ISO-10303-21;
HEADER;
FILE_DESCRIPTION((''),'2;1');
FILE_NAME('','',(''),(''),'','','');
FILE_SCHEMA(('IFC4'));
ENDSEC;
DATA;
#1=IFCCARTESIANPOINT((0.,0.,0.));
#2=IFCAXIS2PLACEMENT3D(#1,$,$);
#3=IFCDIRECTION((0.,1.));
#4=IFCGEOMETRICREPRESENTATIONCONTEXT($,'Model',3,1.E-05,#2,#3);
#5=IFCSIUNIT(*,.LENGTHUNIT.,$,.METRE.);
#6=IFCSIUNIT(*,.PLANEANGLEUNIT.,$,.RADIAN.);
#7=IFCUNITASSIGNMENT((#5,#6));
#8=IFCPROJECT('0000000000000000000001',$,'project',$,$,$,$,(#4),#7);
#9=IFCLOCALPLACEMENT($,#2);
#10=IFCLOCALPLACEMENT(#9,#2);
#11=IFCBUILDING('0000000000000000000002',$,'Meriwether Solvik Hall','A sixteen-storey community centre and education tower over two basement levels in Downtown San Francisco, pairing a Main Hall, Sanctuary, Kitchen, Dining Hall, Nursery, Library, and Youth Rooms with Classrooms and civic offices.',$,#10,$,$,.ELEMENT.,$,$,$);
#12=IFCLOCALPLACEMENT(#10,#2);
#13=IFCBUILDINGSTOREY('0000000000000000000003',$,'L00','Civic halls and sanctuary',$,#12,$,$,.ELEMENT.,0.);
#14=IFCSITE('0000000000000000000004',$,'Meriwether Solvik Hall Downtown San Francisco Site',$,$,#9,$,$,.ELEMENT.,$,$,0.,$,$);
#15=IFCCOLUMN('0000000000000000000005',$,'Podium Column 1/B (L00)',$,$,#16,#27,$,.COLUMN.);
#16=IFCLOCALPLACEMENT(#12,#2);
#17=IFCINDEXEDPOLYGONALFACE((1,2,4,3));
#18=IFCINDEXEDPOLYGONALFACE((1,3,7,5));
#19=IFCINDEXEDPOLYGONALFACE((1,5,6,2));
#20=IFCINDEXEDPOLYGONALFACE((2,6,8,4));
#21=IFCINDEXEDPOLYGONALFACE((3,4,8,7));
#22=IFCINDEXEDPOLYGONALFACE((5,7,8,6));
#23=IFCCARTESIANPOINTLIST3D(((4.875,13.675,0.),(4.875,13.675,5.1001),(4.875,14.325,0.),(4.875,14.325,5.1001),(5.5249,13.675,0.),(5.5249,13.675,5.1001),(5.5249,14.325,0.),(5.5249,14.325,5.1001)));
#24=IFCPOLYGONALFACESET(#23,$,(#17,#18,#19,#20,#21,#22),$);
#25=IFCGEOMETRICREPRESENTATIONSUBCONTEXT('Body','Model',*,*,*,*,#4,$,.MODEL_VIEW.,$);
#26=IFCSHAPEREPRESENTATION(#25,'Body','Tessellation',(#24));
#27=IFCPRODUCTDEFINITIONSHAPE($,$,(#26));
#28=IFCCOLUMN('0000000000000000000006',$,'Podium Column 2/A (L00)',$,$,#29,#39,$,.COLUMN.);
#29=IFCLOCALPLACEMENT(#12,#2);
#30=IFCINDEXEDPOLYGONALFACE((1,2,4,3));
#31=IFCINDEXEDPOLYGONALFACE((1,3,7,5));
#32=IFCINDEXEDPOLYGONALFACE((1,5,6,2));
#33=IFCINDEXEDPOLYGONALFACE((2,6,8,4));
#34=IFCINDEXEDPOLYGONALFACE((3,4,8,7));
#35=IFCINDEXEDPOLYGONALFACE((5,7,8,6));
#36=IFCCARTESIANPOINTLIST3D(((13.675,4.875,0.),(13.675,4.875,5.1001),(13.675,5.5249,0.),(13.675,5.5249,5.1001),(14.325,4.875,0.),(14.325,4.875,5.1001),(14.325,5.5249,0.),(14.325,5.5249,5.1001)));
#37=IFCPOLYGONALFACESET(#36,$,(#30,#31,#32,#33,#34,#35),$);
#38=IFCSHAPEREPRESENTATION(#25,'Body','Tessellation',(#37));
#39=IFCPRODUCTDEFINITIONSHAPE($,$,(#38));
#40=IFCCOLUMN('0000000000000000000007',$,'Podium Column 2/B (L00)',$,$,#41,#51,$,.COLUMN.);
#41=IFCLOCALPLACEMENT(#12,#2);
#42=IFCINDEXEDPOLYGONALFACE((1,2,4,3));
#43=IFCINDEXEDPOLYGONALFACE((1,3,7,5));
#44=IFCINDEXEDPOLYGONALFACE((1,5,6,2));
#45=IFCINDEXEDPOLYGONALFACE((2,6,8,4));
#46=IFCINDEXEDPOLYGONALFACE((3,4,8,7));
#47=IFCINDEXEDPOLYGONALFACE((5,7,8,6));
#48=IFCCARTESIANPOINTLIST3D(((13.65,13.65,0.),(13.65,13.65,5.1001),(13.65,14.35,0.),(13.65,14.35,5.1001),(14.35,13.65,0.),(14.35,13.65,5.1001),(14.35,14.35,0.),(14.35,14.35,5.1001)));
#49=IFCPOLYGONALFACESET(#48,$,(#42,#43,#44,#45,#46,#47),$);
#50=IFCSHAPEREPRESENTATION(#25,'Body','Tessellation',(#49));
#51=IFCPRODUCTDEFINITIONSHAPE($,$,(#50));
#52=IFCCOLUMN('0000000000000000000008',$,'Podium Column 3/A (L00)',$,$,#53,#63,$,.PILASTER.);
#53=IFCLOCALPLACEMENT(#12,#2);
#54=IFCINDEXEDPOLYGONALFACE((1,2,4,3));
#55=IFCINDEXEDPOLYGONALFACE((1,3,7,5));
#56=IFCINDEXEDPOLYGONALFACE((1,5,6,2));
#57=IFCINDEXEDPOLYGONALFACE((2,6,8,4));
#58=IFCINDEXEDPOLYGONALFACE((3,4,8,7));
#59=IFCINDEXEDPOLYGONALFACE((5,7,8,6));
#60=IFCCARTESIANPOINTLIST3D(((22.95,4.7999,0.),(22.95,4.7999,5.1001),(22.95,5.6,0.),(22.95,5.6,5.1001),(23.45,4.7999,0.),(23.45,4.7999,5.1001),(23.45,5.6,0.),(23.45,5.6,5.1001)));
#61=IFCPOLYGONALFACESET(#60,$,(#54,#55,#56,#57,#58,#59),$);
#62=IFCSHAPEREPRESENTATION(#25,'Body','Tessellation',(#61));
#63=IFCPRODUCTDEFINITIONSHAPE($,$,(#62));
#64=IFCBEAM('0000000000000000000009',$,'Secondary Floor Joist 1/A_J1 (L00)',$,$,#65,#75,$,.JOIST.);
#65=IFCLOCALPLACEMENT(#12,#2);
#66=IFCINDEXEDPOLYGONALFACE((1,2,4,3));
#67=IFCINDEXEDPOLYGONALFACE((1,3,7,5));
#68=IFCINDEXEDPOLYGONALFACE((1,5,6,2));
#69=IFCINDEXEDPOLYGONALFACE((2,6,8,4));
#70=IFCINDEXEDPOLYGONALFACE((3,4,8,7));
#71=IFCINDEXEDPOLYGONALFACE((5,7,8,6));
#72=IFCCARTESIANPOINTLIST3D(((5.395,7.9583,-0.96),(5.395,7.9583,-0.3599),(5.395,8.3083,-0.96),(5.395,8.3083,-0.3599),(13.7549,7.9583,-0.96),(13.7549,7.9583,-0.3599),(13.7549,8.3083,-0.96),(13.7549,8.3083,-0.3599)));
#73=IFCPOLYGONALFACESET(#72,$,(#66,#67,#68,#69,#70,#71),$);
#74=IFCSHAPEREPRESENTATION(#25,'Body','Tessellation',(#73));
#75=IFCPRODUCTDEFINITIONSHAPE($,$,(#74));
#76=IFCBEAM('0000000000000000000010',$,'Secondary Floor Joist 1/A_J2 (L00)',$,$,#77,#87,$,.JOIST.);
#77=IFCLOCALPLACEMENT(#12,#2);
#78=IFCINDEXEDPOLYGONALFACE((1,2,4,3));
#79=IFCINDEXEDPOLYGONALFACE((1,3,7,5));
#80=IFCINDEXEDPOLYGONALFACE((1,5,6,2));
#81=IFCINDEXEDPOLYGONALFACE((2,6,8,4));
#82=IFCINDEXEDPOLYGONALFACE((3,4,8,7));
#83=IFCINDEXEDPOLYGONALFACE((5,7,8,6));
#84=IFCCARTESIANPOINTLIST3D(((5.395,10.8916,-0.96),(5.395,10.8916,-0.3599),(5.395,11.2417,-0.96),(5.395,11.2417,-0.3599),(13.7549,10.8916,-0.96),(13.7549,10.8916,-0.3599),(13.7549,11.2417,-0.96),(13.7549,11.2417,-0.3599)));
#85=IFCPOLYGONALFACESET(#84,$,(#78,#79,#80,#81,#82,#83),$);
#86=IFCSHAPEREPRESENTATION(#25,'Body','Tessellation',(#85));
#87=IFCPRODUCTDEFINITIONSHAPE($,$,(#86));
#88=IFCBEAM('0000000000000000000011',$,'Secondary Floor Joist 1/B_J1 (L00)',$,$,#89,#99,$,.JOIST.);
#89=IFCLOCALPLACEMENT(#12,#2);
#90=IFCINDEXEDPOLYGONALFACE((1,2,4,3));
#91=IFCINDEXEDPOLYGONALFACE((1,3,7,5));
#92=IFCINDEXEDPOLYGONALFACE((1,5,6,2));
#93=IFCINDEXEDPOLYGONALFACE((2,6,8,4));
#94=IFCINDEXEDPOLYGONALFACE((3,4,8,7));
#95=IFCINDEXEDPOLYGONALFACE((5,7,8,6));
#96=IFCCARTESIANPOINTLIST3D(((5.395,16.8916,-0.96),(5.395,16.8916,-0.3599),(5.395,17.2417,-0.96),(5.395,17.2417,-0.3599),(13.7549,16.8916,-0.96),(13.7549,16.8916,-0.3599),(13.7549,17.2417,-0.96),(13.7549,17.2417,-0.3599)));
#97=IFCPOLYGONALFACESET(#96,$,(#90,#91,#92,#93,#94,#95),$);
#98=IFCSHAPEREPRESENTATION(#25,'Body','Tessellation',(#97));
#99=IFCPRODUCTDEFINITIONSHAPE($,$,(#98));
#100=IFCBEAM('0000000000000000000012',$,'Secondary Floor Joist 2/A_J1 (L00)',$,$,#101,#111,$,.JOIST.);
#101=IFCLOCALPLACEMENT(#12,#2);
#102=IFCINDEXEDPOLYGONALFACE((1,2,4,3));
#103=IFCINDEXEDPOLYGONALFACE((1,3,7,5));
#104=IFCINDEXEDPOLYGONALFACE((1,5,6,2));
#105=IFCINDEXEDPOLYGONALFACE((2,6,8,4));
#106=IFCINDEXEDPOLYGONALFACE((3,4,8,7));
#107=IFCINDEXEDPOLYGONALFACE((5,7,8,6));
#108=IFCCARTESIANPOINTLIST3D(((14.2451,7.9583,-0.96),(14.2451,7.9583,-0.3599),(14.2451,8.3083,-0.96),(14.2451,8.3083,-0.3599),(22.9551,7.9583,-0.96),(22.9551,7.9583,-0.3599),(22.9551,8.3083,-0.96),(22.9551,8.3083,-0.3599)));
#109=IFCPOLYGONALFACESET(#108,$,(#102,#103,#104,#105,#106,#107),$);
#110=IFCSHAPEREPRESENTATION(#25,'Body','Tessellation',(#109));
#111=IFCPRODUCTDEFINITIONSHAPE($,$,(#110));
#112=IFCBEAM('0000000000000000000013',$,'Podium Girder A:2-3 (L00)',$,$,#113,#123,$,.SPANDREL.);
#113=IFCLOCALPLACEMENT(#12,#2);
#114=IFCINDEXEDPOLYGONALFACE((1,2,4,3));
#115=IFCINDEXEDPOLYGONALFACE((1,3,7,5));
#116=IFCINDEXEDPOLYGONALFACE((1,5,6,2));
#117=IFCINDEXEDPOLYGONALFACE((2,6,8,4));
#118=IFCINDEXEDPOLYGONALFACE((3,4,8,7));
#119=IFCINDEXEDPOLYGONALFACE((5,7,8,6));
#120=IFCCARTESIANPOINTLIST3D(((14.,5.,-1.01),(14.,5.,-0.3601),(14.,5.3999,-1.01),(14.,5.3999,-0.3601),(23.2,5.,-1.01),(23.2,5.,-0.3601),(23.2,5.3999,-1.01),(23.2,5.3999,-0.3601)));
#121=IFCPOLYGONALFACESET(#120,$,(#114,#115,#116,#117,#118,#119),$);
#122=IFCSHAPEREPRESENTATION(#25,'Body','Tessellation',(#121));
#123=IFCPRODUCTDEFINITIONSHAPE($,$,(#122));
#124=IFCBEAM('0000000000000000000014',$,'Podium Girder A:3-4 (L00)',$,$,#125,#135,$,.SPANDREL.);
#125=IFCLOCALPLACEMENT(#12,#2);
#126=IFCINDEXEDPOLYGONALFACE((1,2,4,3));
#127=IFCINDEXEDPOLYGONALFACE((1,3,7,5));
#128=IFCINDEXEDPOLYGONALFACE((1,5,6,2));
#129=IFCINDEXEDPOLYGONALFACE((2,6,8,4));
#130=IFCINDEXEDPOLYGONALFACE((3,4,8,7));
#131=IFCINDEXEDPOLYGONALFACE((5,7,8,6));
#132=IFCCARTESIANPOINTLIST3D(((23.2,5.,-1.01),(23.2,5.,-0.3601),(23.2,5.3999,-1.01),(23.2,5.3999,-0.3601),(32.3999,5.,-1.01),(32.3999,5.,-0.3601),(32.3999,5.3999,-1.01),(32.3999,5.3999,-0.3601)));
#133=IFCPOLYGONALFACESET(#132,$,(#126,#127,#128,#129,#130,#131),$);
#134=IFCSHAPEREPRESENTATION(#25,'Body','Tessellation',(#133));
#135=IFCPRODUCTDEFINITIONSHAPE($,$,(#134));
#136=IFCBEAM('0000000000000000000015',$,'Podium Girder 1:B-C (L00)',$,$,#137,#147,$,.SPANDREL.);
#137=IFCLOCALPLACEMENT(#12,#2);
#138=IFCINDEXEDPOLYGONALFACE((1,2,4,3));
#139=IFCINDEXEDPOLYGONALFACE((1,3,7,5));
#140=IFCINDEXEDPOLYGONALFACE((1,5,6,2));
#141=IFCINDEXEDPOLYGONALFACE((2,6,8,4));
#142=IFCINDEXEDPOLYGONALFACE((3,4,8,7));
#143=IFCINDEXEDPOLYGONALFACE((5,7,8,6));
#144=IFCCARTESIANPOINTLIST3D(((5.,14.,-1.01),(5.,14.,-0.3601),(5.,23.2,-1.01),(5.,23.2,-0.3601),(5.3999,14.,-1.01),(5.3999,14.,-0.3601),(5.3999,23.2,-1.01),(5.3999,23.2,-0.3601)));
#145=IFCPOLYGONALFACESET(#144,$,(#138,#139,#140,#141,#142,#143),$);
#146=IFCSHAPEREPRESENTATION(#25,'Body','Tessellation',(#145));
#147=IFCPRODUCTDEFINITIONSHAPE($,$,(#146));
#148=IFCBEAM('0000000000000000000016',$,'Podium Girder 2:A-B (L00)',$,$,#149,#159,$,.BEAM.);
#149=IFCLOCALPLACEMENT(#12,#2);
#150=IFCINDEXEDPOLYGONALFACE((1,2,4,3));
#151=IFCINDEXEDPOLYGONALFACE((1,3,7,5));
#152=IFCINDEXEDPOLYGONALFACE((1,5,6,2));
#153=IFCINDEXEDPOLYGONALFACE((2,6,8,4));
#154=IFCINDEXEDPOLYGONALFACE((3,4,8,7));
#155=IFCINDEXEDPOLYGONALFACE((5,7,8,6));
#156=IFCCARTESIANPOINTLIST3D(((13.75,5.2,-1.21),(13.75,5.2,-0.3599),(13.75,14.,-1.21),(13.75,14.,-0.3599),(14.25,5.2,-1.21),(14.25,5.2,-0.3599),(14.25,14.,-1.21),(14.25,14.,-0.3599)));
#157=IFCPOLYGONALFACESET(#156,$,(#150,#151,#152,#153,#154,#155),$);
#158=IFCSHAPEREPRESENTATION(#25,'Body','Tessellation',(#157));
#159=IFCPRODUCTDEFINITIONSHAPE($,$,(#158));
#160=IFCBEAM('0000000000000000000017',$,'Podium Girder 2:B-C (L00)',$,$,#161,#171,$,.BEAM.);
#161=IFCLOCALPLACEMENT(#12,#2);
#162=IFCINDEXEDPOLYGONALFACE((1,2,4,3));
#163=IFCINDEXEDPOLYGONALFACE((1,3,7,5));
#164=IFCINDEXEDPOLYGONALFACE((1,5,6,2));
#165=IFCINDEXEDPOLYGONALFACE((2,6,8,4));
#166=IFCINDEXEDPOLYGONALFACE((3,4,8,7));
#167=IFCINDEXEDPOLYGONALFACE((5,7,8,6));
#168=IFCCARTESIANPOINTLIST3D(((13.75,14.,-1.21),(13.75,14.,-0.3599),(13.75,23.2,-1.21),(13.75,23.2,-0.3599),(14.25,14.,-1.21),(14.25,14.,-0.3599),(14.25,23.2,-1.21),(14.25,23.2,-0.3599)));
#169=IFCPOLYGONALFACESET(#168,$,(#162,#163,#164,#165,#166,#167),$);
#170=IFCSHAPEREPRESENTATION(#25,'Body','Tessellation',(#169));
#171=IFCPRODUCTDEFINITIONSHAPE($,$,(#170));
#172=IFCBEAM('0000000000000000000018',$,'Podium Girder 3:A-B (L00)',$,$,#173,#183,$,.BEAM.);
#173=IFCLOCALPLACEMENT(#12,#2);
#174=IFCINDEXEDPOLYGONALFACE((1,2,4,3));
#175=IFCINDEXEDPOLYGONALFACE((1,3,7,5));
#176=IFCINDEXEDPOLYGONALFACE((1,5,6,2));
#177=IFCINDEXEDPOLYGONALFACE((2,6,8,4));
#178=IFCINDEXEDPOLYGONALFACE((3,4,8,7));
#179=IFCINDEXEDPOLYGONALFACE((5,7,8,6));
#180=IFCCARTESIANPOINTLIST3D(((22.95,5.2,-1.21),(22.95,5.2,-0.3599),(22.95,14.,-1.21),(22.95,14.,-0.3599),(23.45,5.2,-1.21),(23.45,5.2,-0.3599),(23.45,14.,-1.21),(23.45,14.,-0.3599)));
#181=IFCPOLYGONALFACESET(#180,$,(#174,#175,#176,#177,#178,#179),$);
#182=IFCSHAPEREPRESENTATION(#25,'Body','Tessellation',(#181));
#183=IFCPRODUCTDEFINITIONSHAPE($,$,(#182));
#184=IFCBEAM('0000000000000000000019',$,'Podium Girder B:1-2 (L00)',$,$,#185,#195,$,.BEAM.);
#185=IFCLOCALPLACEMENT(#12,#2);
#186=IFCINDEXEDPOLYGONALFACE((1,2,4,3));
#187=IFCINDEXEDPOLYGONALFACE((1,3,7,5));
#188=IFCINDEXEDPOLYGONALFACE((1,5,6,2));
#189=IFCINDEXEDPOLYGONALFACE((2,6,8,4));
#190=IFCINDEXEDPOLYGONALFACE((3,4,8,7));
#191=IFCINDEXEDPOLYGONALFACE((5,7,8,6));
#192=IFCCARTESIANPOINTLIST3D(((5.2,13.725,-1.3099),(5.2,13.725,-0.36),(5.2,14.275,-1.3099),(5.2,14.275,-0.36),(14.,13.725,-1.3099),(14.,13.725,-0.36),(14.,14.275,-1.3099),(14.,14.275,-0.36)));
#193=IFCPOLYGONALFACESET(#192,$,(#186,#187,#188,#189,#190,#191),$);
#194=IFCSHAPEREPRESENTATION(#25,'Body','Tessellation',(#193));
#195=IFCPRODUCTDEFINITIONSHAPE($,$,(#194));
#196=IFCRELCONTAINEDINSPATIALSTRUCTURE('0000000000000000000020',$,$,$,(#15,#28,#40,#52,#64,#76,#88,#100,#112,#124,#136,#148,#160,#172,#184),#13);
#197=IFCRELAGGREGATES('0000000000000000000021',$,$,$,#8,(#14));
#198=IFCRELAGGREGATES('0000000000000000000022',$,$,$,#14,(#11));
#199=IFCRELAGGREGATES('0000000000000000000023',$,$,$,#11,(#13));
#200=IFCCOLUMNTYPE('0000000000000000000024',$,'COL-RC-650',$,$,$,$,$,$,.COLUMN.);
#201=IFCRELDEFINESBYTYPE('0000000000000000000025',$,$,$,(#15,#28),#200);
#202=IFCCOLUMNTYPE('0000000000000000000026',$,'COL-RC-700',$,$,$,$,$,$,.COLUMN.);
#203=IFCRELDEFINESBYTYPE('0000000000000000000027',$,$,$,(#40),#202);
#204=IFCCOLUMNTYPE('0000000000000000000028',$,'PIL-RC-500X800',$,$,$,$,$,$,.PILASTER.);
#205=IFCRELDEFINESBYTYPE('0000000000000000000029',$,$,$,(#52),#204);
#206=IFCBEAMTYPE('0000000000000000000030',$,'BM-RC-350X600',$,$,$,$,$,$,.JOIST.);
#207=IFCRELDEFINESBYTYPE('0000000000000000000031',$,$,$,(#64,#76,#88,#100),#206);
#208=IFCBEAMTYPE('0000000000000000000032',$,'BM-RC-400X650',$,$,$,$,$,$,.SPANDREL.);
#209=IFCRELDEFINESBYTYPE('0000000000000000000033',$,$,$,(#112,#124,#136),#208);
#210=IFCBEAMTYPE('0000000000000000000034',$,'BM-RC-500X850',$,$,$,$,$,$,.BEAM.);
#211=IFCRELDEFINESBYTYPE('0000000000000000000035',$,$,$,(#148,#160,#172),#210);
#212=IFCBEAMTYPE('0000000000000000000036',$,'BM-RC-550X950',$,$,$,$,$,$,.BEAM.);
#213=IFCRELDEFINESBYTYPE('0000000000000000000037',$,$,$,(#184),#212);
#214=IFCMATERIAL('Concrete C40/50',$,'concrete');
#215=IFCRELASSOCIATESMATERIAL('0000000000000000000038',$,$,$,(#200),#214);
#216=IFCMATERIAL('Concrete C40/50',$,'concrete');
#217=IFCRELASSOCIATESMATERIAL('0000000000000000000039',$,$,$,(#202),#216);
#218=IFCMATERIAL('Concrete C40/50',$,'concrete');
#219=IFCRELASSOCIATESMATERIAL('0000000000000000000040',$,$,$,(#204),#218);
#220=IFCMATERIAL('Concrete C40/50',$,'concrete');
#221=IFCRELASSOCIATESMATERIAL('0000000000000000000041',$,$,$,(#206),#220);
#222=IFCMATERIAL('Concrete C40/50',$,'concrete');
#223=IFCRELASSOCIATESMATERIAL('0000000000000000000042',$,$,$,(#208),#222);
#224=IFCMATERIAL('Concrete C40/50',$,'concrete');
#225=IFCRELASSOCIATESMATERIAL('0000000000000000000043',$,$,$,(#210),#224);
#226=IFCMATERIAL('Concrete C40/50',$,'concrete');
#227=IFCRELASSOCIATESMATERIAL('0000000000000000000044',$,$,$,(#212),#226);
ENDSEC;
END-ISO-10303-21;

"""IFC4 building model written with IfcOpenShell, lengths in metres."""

from ifc_helpers import new_model, si_unit, direction, frame, origin, origin_2d, place, context, subcontext, project, spatial, rectangle, extrude, material, material_profile, profile_set, type_object, element, save


model = new_model("IFC4")

# Units and contexts
model_context = context("Model", 3, precision=1e-05, world=origin(), true_north=direction((0.0, 1.0)))
body_context = subcontext(model_context, "Body", "Model", "MODEL_VIEW")
ifc_project = project(units=[si_unit("LENGTHUNIT", "METRE"), si_unit("PLANEANGLEUNIT", "RADIAN")], contexts=[model_context])

# Site, building, storey
site_placement = place(None, origin())
site = spatial("IfcSite", under=ifc_project, at=site_placement, Name="Meriwether Solvik Hall Downtown San Francisco Site", CompositionType="ELEMENT", RefElevation=0.0)
building_placement = place(site_placement, origin())
building = spatial("IfcBuilding", under=site, at=building_placement, Name="Meriwether Solvik Hall", Description="A sixteen-storey community centre and education tower over two basement levels in Downtown San Francisco, pairing a Main Hall, Sanctuary, Kitchen, Dining Hall, Nursery, Library, and Youth Rooms with Classrooms and civic offices.", CompositionType="ELEMENT")
storey_placement = place(building_placement, origin())
storey = spatial("IfcBuildingStorey", under=building, at=storey_placement, Name="L00", Description="Civic halls and sanctuary", CompositionType="ELEMENT", Elevation=0.0)

# Columns
ifc_material_1 = material(Name="Concrete C40/50", Category="concrete")
ifc_material_profile_1 = material_profile(ifc_material_1, rectangle(XDim=0.6499, YDim=0.6499, at=origin_2d()), Name="RCC-650X650")
ifc_profile_set_1 = profile_set([ifc_material_profile_1], Name="Concrete C40/50")
column_type_1 = type_object("IfcColumnType", Name="COL-RC-650", PredefinedType="COLUMN", material=ifc_profile_set_1)
for number, where, z_axis, x_axis, name in (
    (1, (5.2, 14.0, 0.0), (0.0, 0.0, 1.0), (1.0, 0.0, 0.0), "Podium Column 1/B (L00)"),
    (2, (14.0, 5.2, 0.0), (0.0, 0.0, 1.0), (1.0, 0.0, 0.0), "Podium Column 2/A (L00)"),
):
    element("IfcColumn", number, at=place(storey_placement, frame(where, z_axis=z_axis, x_axis=x_axis)), inside=storey, type_object=column_type_1, Name=name, PredefinedType="COLUMN", context=body_context, shape_type="SweptSolid", body=[
        extrude(rectangle(XDim=0.6499, YDim=0.6499, at=origin_2d()), origin(), (0.0, 0.0, 1.0), 5.1001),
    ])
ifc_material_2 = material(Name="Concrete C40/50", Category="concrete")
ifc_material_profile_2 = material_profile(ifc_material_2, rectangle(XDim=0.7, YDim=0.7, at=origin_2d()), Name="RCC-700X700")
ifc_profile_set_2 = profile_set([ifc_material_profile_2], Name="Concrete C40/50")
column_type_2 = type_object("IfcColumnType", Name="COL-RC-700", PredefinedType="COLUMN", material=ifc_profile_set_2)
column_1_placement = place(storey_placement, frame((14.0, 14.0, 0.0), z_axis=(0.0, 0.0, 1.0), x_axis=(1.0, 0.0, 0.0)))
element("IfcColumn", 3, at=column_1_placement, inside=storey, type_object=column_type_2, Name="Podium Column 2/B (L00)", PredefinedType="COLUMN", context=body_context, shape_type="SweptSolid", body=[
    extrude(rectangle(XDim=0.7, YDim=0.7, at=origin_2d()), origin(), (0.0, 0.0, 1.0), 5.1001),
])
ifc_material_3 = material(Name="Concrete C40/50", Category="concrete")
ifc_material_profile_3 = material_profile(ifc_material_3, rectangle(XDim=0.5, YDim=0.8, at=origin_2d()), Name="RCP-500X800")
ifc_profile_set_3 = profile_set([ifc_material_profile_3], Name="Concrete C40/50")
column_type_3 = type_object("IfcColumnType", Name="PIL-RC-500X800", PredefinedType="PILASTER", material=ifc_profile_set_3)
column_2_placement = place(storey_placement, frame((23.2, 5.2, 0.0), z_axis=(0.0, 0.0, 1.0), x_axis=(1.0, 0.0, 0.0)))
element("IfcColumn", 4, at=column_2_placement, inside=storey, type_object=column_type_3, Name="Podium Column 3/A (L00)", PredefinedType="PILASTER", context=body_context, shape_type="SweptSolid", body=[
    extrude(rectangle(XDim=0.5, YDim=0.8, at=origin_2d()), origin(), (0.0, 0.0, 1.0), 5.1001),
])

# Beams
ifc_material_4 = material(Name="Concrete C40/50", Category="concrete")
ifc_material_profile_4 = material_profile(ifc_material_4, rectangle(XDim=0.3501, YDim=0.6001, at=origin_2d()), Name="RCB-350X600")
ifc_profile_set_4 = profile_set([ifc_material_profile_4], Name="Concrete C40/50")
beam_type_1 = type_object("IfcBeamType", Name="BM-RC-350X600", PredefinedType="JOIST", material=ifc_profile_set_4)
for number, where, z_axis, x_axis, name in (
    (5, (5.395, 8.1333, -0.6599), (1.0, 0.0, 0.0), (0.0, 1.0, 0.0), "Secondary Floor Joist 1/A_J1 (L00)"),
    (6, (5.395, 11.0667, -0.6599), (1.0, 0.0, 0.0), (0.0, 1.0, 0.0), "Secondary Floor Joist 1/A_J2 (L00)"),
    (7, (5.395, 17.0667, -0.6599), (1.0, 0.0, 0.0), (0.0, 1.0, 0.0), "Secondary Floor Joist 1/B_J1 (L00)"),
):
    element("IfcBeam", number, at=place(storey_placement, frame(where, z_axis=z_axis, x_axis=x_axis)), inside=storey, type_object=beam_type_1, Name=name, PredefinedType="JOIST", context=body_context, shape_type="SweptSolid", body=[
        extrude(rectangle(XDim=0.3501, YDim=0.6001, at=origin_2d()), origin(), (0.0, 0.0, 1.0), 8.3599),
    ])
beam_1_placement = place(storey_placement, frame((14.2451, 8.1333, -0.6599), z_axis=(1.0, 0.0, 0.0), x_axis=(0.0, 1.0, 0.0)))
element("IfcBeam", 8, at=beam_1_placement, inside=storey, type_object=beam_type_1, Name="Secondary Floor Joist 2/A_J1 (L00)", PredefinedType="JOIST", context=body_context, shape_type="SweptSolid", body=[
    extrude(rectangle(XDim=0.3501, YDim=0.6001, at=origin_2d()), origin(), (0.0, 0.0, 1.0), 8.71),
])
ifc_material_5 = material(Name="Concrete C40/50", Category="concrete")
ifc_material_profile_5 = material_profile(ifc_material_5, rectangle(XDim=0.3999, YDim=0.6499, at=origin_2d()), Name="RCB-400X650")
ifc_profile_set_5 = profile_set([ifc_material_profile_5], Name="Concrete C40/50")
beam_type_2 = type_object("IfcBeamType", Name="BM-RC-400X650", PredefinedType="SPANDREL", material=ifc_profile_set_5)
for number, where, z_axis, x_axis, name in (
    (9, (14.0, 5.2, -0.6851), (1.0, 0.0, 0.0), (0.0, 1.0, 0.0), "Podium Girder A:2-3 (L00)"),
    (10, (23.2, 5.2, -0.6851), (1.0, 0.0, 0.0), (0.0, 1.0, 0.0), "Podium Girder A:3-4 (L00)"),
    (11, (5.2, 14.0, -0.6851), (0.0, 1.0, 0.0), (-1.0, 0.0, 0.0), "Podium Girder 1:B-C (L00)"),
):
    element("IfcBeam", number, at=place(storey_placement, frame(where, z_axis=z_axis, x_axis=x_axis)), inside=storey, type_object=beam_type_2, Name=name, PredefinedType="SPANDREL", context=body_context, shape_type="SweptSolid", body=[
        extrude(rectangle(XDim=0.3999, YDim=0.6499, at=origin_2d()), origin(), (0.0, 0.0, 1.0), 9.2),
    ])
ifc_material_6 = material(Name="Concrete C40/50", Category="concrete")
ifc_material_profile_6 = material_profile(ifc_material_6, rectangle(XDim=0.5, YDim=0.8501, at=origin_2d()), Name="RCB-500X850")
ifc_profile_set_6 = profile_set([ifc_material_profile_6], Name="Concrete C40/50")
beam_type_3 = type_object("IfcBeamType", Name="BM-RC-500X850", PredefinedType="BEAM", material=ifc_profile_set_6)
beam_2_placement = place(storey_placement, frame((14.0, 5.2, -0.7849), z_axis=(0.0, 1.0, 0.0), x_axis=(-1.0, 0.0, 0.0)))
element("IfcBeam", 12, at=beam_2_placement, inside=storey, type_object=beam_type_3, Name="Podium Girder 2:A-B (L00)", PredefinedType="BEAM", context=body_context, shape_type="SweptSolid", body=[
    extrude(rectangle(XDim=0.5, YDim=0.8501, at=origin_2d()), origin(), (0.0, 0.0, 1.0), 8.8),
])
beam_3_placement = place(storey_placement, frame((14.0, 14.0, -0.7849), z_axis=(0.0, 1.0, 0.0), x_axis=(-1.0, 0.0, 0.0)))
element("IfcBeam", 13, at=beam_3_placement, inside=storey, type_object=beam_type_3, Name="Podium Girder 2:B-C (L00)", PredefinedType="BEAM", context=body_context, shape_type="SweptSolid", body=[
    extrude(rectangle(XDim=0.5, YDim=0.8501, at=origin_2d()), origin(), (0.0, 0.0, 1.0), 9.2),
])
beam_4_placement = place(storey_placement, frame((23.2, 5.2, -0.7849), z_axis=(0.0, 1.0, 0.0), x_axis=(-1.0, 0.0, 0.0)))
element("IfcBeam", 14, at=beam_4_placement, inside=storey, type_object=beam_type_3, Name="Podium Girder 3:A-B (L00)", PredefinedType="BEAM", context=body_context, shape_type="SweptSolid", body=[
    extrude(rectangle(XDim=0.5, YDim=0.8501, at=origin_2d()), origin(), (0.0, 0.0, 1.0), 8.8),
])
ifc_material_7 = material(Name="Concrete C40/50", Category="concrete")
ifc_material_profile_7 = material_profile(ifc_material_7, rectangle(XDim=0.55, YDim=0.95, at=origin_2d()), Name="RCB-550X950")
ifc_profile_set_7 = profile_set([ifc_material_profile_7], Name="Concrete C40/50")
beam_type_4 = type_object("IfcBeamType", Name="BM-RC-550X950", PredefinedType="BEAM", material=ifc_profile_set_7)
beam_5_placement = place(storey_placement, frame((5.2, 14.0, -0.835), z_axis=(1.0, 0.0, 0.0), x_axis=(0.0, 1.0, 0.0)))
element("IfcBeam", 15, at=beam_5_placement, inside=storey, type_object=beam_type_4, Name="Podium Girder B:1-2 (L00)", PredefinedType="BEAM", context=body_context, shape_type="SweptSolid", body=[
    extrude(rectangle(XDim=0.55, YDim=0.95, at=origin_2d()), origin(), (0.0, 0.0, 1.0), 8.8),
])

save(model, "model.ifc")
